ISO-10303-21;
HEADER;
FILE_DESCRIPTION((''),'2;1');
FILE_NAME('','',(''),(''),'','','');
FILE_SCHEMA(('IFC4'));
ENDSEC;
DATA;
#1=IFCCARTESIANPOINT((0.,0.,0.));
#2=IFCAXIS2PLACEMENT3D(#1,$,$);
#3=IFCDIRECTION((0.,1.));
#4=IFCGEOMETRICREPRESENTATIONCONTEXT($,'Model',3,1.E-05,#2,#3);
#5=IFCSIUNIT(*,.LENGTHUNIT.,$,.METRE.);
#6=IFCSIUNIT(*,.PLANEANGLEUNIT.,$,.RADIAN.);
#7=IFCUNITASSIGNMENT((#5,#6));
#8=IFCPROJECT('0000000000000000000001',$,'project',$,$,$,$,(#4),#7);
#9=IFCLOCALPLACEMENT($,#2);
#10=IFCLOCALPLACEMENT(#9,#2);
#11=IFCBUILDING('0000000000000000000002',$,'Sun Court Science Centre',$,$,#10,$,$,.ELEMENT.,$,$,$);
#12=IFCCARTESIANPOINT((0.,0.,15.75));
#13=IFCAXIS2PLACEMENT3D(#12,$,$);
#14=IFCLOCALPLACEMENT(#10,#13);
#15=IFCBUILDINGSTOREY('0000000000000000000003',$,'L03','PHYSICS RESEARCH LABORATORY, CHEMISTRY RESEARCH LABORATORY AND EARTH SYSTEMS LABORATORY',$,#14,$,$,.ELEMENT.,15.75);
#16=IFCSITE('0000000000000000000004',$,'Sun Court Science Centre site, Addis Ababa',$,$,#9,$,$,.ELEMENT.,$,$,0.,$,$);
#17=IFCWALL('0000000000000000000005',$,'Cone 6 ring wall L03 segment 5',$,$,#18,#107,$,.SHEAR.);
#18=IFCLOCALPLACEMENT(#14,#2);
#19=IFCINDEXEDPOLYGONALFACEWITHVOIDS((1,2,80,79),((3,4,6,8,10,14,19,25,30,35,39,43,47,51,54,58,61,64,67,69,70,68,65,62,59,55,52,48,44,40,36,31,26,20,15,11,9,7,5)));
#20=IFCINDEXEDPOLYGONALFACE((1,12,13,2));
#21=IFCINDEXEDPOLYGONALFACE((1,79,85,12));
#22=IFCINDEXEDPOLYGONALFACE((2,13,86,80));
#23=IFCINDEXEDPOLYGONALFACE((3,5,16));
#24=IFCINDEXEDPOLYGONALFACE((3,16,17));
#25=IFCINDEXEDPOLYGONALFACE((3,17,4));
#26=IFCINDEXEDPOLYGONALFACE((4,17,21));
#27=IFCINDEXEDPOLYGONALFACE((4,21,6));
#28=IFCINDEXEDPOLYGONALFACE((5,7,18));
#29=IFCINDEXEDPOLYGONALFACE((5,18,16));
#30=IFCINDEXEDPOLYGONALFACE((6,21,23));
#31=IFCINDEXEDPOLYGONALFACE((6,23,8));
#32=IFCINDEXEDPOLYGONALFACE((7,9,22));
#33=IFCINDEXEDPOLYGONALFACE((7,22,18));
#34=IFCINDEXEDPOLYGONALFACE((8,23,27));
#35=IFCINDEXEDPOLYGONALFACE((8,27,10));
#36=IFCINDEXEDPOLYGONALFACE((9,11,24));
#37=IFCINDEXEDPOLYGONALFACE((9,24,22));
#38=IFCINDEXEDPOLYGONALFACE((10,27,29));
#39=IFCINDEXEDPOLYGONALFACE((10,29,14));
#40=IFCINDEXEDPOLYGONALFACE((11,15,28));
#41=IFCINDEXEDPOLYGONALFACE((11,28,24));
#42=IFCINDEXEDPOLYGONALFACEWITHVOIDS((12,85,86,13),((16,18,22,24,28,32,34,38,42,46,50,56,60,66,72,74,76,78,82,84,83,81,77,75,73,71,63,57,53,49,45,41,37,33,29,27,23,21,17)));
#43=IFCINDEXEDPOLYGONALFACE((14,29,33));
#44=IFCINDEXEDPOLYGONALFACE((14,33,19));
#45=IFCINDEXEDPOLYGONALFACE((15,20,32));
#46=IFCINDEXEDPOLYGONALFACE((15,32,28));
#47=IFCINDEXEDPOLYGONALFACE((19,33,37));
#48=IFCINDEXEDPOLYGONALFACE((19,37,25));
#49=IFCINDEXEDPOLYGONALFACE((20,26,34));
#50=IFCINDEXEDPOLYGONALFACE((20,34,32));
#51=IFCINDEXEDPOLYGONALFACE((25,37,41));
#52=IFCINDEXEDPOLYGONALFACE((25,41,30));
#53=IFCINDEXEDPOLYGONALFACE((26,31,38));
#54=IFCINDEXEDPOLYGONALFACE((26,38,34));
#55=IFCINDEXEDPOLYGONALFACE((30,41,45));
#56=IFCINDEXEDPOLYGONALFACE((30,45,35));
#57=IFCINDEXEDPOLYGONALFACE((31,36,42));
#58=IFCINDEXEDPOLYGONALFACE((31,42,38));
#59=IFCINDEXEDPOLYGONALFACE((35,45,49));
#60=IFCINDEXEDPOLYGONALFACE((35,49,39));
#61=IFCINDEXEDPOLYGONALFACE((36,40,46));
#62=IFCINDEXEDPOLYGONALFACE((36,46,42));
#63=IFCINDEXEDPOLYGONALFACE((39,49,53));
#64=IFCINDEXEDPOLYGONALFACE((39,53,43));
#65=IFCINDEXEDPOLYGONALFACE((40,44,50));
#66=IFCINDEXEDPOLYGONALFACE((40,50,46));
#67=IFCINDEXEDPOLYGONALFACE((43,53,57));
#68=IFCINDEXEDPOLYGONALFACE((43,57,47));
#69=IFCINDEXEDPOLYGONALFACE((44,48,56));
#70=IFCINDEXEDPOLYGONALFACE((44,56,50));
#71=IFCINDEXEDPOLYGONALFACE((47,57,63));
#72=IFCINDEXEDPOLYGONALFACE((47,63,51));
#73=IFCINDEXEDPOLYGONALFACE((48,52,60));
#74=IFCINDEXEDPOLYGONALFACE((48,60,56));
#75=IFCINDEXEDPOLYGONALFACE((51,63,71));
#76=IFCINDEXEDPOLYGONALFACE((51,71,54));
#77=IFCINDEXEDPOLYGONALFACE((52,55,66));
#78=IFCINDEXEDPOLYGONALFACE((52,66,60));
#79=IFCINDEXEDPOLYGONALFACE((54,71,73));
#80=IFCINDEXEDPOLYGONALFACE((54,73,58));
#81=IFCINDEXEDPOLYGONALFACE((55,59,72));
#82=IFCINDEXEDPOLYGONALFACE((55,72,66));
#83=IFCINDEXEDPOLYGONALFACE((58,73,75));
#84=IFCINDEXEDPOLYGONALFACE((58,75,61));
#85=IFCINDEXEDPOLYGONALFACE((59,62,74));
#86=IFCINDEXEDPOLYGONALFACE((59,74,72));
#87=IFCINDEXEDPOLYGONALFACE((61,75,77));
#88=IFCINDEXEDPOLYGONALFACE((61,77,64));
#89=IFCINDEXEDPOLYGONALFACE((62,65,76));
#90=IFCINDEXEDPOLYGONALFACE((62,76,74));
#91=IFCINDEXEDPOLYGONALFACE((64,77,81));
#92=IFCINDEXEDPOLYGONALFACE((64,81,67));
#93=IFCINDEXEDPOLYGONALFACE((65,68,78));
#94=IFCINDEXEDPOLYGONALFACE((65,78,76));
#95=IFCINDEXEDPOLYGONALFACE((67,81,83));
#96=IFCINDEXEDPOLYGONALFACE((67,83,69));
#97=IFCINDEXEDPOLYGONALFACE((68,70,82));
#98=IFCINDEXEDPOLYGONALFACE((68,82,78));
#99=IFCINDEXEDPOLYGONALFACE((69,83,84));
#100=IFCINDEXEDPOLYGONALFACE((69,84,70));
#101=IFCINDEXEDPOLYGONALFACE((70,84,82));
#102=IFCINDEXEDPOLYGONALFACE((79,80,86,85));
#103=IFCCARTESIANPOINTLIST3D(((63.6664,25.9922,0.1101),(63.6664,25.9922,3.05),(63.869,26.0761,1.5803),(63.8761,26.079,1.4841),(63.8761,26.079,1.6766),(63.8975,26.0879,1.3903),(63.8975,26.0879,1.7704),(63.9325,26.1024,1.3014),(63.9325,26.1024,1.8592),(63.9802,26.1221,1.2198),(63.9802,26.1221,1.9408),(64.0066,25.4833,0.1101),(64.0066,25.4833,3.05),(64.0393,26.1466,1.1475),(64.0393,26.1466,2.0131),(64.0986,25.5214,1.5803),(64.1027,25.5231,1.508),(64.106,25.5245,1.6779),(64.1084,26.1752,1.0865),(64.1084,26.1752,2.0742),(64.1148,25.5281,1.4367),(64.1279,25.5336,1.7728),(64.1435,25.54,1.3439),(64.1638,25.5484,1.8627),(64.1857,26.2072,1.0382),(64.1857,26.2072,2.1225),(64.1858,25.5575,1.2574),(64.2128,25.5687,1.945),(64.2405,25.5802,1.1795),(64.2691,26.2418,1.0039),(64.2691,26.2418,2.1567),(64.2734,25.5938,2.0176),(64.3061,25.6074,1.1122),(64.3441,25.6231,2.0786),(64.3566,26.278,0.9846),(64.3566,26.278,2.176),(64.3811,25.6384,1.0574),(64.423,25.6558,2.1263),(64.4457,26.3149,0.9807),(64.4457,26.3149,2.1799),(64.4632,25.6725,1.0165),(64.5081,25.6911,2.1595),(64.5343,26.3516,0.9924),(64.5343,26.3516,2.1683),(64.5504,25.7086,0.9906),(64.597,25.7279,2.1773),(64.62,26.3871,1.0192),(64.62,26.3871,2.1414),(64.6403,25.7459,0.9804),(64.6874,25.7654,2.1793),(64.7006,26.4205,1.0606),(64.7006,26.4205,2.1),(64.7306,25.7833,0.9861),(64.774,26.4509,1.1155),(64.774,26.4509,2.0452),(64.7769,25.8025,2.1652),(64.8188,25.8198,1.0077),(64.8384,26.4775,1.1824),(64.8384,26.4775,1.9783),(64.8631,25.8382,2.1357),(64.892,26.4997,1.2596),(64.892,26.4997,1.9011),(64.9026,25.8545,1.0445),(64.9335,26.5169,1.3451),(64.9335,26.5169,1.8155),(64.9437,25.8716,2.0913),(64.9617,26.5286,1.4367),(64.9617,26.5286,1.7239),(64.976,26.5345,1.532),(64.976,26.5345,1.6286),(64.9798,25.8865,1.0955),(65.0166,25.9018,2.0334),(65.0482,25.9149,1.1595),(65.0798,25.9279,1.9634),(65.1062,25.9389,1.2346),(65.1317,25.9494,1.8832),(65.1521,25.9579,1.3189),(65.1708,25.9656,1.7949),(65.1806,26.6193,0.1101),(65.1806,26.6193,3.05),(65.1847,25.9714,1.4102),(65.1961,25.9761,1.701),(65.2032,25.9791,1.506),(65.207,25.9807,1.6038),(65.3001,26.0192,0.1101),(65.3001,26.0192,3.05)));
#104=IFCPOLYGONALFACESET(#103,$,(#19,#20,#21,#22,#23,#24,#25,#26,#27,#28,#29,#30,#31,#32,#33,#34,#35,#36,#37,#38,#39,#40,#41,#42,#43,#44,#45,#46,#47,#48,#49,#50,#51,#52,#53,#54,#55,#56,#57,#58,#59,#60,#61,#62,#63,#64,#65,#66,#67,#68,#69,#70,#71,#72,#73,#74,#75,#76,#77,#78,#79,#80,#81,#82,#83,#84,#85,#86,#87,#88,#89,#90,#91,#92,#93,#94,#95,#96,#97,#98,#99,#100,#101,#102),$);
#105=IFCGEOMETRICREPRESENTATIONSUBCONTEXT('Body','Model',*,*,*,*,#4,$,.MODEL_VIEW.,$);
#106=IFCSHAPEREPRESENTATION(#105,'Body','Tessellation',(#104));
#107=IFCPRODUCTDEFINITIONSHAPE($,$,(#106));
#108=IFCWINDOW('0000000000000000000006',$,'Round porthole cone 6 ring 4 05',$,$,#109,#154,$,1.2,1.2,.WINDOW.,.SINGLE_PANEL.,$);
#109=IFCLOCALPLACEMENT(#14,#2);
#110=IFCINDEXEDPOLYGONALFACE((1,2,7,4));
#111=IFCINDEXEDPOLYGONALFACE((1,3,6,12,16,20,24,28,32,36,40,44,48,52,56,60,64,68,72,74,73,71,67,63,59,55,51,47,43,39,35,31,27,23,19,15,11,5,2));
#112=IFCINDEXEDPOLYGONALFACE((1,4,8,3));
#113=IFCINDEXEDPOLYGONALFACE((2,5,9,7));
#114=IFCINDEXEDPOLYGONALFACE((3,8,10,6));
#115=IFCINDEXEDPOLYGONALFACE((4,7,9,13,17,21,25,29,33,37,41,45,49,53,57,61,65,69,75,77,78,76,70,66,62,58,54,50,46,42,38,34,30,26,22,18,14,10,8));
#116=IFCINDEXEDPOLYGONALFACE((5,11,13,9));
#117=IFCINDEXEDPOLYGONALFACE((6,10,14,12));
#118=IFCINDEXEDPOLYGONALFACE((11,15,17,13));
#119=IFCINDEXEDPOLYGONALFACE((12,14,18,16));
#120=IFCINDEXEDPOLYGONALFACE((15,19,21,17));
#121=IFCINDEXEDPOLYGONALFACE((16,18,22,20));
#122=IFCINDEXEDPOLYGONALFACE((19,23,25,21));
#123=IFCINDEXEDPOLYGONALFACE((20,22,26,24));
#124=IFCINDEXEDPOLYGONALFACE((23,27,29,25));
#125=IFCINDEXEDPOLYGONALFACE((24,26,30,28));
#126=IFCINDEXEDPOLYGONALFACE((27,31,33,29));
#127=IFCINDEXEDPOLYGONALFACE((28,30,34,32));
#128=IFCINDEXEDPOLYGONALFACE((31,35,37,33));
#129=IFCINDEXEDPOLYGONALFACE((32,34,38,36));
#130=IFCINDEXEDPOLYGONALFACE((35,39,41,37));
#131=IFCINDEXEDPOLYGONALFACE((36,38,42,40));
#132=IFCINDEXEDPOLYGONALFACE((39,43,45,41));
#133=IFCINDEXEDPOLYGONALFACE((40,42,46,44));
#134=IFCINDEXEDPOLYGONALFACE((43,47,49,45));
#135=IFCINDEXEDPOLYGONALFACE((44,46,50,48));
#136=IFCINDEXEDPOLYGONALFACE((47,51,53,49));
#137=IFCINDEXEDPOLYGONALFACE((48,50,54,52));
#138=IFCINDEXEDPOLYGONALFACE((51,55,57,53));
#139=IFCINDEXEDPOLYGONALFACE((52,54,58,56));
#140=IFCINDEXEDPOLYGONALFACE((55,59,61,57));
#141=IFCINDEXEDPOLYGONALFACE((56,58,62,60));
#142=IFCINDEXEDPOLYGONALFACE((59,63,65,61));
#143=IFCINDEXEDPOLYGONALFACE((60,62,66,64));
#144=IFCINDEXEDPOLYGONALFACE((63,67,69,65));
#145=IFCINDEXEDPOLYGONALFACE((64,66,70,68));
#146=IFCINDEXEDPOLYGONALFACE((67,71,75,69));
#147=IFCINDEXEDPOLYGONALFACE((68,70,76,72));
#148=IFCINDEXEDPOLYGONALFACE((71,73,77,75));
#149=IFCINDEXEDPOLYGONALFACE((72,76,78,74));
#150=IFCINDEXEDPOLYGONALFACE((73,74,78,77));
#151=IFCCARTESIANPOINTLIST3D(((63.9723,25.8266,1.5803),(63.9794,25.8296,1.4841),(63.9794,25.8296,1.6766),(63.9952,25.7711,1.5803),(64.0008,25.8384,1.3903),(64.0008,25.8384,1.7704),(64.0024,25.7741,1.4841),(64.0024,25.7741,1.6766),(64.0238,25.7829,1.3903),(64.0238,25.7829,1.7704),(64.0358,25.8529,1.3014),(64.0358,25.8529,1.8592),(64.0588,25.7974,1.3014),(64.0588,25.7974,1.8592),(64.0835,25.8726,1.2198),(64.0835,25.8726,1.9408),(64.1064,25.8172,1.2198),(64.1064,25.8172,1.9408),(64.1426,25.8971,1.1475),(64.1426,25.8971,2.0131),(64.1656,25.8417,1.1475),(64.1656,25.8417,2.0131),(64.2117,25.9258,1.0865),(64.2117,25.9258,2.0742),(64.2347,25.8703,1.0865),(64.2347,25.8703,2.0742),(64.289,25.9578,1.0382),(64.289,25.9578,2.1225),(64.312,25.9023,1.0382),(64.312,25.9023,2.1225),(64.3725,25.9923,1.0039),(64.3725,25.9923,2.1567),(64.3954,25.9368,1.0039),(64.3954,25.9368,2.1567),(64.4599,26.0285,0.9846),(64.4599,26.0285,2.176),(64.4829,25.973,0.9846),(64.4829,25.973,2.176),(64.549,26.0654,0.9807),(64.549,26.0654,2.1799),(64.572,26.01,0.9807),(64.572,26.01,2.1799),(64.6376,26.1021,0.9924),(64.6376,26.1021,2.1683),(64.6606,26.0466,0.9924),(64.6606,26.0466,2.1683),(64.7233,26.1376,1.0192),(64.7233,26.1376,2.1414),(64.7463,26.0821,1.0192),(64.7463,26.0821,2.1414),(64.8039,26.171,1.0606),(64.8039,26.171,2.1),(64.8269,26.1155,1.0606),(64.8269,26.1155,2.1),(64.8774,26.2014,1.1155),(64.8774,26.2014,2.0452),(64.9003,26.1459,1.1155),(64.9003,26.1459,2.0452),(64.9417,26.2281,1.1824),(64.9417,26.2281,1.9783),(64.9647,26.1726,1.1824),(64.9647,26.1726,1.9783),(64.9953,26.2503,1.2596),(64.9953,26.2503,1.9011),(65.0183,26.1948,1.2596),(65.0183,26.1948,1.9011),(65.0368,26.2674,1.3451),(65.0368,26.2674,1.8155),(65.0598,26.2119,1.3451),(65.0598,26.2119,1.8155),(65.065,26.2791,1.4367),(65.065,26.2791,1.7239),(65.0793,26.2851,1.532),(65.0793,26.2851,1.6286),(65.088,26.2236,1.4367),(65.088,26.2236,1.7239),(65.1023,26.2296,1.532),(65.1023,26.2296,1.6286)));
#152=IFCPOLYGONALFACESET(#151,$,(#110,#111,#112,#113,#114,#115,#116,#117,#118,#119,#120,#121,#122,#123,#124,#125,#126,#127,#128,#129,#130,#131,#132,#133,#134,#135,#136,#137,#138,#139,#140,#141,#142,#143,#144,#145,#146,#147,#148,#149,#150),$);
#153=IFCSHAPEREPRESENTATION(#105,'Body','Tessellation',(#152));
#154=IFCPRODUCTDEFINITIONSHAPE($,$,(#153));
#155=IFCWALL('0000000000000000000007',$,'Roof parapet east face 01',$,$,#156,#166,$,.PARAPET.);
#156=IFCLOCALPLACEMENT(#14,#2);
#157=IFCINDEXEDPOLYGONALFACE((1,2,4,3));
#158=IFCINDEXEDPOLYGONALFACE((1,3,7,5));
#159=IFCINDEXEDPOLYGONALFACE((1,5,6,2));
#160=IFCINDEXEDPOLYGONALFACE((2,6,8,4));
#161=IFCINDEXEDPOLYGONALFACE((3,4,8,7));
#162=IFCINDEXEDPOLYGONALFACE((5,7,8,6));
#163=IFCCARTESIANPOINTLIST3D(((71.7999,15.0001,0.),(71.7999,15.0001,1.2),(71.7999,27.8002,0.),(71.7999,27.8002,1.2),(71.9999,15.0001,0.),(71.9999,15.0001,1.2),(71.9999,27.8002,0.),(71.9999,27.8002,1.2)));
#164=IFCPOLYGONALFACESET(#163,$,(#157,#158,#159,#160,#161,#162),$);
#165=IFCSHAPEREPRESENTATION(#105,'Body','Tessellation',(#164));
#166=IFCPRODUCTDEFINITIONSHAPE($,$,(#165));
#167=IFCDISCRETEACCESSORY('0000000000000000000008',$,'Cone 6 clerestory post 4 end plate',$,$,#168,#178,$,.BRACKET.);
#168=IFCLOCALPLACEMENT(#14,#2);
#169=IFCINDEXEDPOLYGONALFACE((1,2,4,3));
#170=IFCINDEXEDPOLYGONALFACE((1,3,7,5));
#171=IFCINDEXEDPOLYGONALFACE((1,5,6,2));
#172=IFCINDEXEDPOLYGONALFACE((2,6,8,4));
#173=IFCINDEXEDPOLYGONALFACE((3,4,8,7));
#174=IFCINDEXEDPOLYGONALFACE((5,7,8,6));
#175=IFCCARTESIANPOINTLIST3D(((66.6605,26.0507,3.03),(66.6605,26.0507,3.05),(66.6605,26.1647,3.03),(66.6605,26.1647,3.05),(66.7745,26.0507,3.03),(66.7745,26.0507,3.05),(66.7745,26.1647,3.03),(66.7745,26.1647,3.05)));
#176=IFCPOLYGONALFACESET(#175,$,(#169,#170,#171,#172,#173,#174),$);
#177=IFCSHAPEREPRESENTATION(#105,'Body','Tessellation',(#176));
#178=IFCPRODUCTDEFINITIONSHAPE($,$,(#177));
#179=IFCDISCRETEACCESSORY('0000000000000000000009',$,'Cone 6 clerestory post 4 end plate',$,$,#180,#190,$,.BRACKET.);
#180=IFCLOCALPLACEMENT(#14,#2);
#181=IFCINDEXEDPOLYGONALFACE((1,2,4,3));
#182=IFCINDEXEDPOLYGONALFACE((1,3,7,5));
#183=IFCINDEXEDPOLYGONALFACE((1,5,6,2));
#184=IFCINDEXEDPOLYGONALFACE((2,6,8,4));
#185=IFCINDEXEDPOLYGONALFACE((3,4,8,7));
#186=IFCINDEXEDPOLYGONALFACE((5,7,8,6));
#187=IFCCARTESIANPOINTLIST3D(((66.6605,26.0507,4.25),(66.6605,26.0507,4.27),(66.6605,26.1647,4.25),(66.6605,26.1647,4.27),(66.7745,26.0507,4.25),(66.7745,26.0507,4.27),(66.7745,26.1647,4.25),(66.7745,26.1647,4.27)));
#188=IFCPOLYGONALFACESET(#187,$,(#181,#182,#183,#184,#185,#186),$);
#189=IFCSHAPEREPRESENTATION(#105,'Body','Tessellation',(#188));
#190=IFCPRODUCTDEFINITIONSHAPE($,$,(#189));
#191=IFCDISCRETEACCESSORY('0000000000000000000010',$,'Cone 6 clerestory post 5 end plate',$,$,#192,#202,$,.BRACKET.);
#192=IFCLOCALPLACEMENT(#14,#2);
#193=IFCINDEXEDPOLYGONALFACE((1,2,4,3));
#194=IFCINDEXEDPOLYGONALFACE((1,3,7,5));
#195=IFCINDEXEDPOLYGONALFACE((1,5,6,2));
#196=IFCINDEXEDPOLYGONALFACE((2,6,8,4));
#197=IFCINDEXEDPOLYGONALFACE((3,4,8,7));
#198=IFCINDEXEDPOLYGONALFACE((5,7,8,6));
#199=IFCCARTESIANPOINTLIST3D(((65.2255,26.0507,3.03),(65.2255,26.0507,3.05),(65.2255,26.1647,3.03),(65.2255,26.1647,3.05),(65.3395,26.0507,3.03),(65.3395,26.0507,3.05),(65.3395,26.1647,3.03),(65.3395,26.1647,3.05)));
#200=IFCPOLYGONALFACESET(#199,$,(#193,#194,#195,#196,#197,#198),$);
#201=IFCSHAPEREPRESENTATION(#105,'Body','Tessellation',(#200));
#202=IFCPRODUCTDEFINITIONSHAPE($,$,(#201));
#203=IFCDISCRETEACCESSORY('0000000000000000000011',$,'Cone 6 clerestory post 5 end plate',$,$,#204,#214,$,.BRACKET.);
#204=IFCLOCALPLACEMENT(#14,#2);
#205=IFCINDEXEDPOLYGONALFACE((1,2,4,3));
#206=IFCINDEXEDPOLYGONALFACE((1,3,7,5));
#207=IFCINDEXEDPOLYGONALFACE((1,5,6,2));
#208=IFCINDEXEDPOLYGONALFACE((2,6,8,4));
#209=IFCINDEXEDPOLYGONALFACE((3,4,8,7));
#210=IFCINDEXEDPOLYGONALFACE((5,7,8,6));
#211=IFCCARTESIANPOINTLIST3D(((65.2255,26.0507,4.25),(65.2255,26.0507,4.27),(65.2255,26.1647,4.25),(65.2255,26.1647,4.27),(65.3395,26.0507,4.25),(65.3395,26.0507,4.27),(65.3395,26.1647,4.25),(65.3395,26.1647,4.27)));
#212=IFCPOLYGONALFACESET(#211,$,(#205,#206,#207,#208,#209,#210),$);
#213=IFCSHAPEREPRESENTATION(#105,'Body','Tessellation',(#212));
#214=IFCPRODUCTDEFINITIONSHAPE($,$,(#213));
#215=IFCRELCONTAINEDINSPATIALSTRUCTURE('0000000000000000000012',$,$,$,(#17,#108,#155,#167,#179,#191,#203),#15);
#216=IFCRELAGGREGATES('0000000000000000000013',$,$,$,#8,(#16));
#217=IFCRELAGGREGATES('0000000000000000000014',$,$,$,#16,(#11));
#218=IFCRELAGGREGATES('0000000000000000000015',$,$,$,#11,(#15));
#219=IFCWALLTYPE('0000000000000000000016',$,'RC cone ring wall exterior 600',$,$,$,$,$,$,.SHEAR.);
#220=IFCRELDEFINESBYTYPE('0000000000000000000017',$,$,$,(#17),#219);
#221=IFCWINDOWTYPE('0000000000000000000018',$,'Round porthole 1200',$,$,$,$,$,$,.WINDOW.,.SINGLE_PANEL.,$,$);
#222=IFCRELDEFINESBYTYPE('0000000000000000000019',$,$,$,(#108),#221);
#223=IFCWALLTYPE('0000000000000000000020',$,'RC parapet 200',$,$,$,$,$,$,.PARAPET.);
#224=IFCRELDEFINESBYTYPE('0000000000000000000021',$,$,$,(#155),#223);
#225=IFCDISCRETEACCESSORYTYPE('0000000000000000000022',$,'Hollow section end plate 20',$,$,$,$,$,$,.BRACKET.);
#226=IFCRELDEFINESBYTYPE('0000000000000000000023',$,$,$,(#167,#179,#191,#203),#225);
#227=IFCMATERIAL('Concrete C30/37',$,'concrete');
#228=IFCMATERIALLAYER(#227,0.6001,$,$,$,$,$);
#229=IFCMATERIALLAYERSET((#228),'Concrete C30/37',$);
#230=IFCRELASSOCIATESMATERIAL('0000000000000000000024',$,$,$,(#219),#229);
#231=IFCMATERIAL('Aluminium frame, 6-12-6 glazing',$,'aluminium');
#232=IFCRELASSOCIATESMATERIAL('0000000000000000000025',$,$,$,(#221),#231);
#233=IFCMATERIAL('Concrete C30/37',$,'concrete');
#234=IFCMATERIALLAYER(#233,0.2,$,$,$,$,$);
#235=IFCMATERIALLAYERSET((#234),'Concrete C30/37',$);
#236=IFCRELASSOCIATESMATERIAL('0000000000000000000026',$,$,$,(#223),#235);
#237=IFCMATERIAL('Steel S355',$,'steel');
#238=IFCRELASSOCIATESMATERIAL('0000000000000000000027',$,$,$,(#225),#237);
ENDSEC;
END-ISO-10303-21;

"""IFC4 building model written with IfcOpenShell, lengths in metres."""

from ifc_helpers import new_model, si_unit, direction, frame, frame_2d, origin, origin_2d, place, context, subcontext, project, spatial, polyline, rectangle, circle, outline, extrude, material, layer, layer_set, type_object, element, fill, save


model = new_model("IFC4")

# Units and contexts
model_context = context("Model", 3, precision=1e-05, world=origin(), true_north=direction((0.0, 1.0)))
body_context = subcontext(model_context, "Body", "Model", "MODEL_VIEW")
ifc_project = project(units=[si_unit("LENGTHUNIT", "METRE"), si_unit("PLANEANGLEUNIT", "RADIAN")], contexts=[model_context])

# Site, building, storey
site_placement = place(None, origin())
site = spatial("IfcSite", under=ifc_project, at=site_placement, Name="Sun Court Science Centre site, Addis Ababa", CompositionType="ELEMENT", RefElevation=0.0)
building_placement = place(site_placement, origin())
building = spatial("IfcBuilding", under=site, at=building_placement, Name="Sun Court Science Centre", CompositionType="ELEMENT")
storey_placement = place(building_placement, frame((0.0, 0.0, 15.75)))
storey = spatial("IfcBuildingStorey", under=building, at=storey_placement, Name="L03", Description="PHYSICS RESEARCH LABORATORY, CHEMISTRY RESEARCH LABORATORY AND EARTH SYSTEMS LABORATORY", CompositionType="ELEMENT", Elevation=15.75)

# Shared definitions
ifc_material_1 = material(Name="Concrete C30/37", Category="concrete")
ifc_layer_1 = layer(ifc_material_1, 0.6001)
ifc_layer_set_1 = layer_set([ifc_layer_1], Name="Concrete C30/37")
wall_type_1 = type_object("IfcWallType", Name="RC cone ring wall exterior 600", PredefinedType="SHEAR", material=ifc_layer_set_1)

# Wall, opening, window
wall_1_placement = place(storey_placement, frame((65.2954, 26.342, 0.1101), z_axis=(0.0, 0.0, 1.0), x_axis=(-0.923908, -0.382615, 0.0)))
wall_1 = element("IfcWall", 1, at=wall_1_placement, inside=storey, type_object=wall_type_1, Name="Cone 6 ring wall L03 segment 5", PredefinedType="SHEAR", context=body_context, shape_type="SweptSolid", body=[
    extrude(outline(polyline([(0.0, -0.3), (1.6389, -0.3), (1.5193, 0.3003), (0.1191, 0.3), (0.0, -0.3)])), origin(), (0.0, 0.0, 1.0), 2.9399),
])
opening_placement = place(wall_1_placement, frame((0.2195, 0.0, 0.8701)))
opening = element("IfcOpeningElement", 2, at=opening_placement, cuts=wall_1, PredefinedType="OPENING", context=body_context, shape_type="SweptSolid", body=[
    extrude(circle(Radius=0.6001, at=frame_2d((0.6001, 0.6001))), frame((0.0, 0.3101, 0.0), z_axis=(0.0, -1.0, 0.0), x_axis=(1.0, 0.0, 0.0)), (0.0, 0.0, 1.0), 0.6201),
])
ifc_material_2 = material(Name="Aluminium frame, 6-12-6 glazing", Category="aluminium")
window_type = type_object("IfcWindowType", Name="Round porthole 1200", PartitioningType="SINGLE_PANEL", PredefinedType="WINDOW", material=ifc_material_2)
window_placement = place(opening_placement, origin())
window = element("IfcWindow", 3, at=window_placement, inside=storey, type_object=window_type, Name="Round porthole cone 6 ring 4 05", OverallHeight=1.2, OverallWidth=1.2, PartitioningType="SINGLE_PANEL", PredefinedType="WINDOW", context=body_context, shape_type="SweptSolid", body=[
    extrude(circle(Radius=0.6001, at=frame_2d((0.6001, 0.6001))), frame((0.0, 0.03, 0.0), z_axis=(0.0, -1.0, 0.0), x_axis=(1.0, 0.0, 0.0)), (0.0, 0.0, 1.0), 0.0601),
])
fill(opening, window)

# Wall
ifc_material_3 = material(Name="Concrete C30/37", Category="concrete")
ifc_layer_2 = layer(ifc_material_3, 0.2)
ifc_layer_set_2 = layer_set([ifc_layer_2], Name="Concrete C30/37")
wall_type_2 = type_object("IfcWallType", Name="RC parapet 200", PredefinedType="PARAPET", material=ifc_layer_set_2)
wall_2_placement = place(storey_placement, frame((71.8999, 27.8, 0.0), z_axis=(0.0, 0.0, 1.0), x_axis=(0.0, -1.0, 0.0)))
element("IfcWall", 4, at=wall_2_placement, inside=storey, type_object=wall_type_2, Name="Roof parapet east face 01", PredefinedType="PARAPET", context=body_context, shape_type="SweptSolid", body=[
    extrude(rectangle(XDim=12.8, YDim=0.2, at=frame_2d((6.3999, 0.0))), origin(), (0.0, 0.0, 1.0), 1.2),
])

# Discrete accessories
ifc_material_4 = material(Name="Steel S355", Category="steel")
discrete_accessory_type_1 = type_object("IfcDiscreteAccessoryType", Name="Hollow section end plate 20", PredefinedType="BRACKET", material=ifc_material_4)
for number, where, z_axis, x_axis, name in (
    (5, (66.7175, 26.1077, 3.03), (0.0, 0.0, 1.0), (1.0, 0.0, 0.0), "Cone 6 clerestory post 4 end plate"),
    (6, (66.7175, 26.1077, 4.25), (0.0, 0.0, 1.0), (1.0, 0.0, 0.0), "Cone 6 clerestory post 4 end plate"),
    (7, (65.2825, 26.1077, 3.03), (0.0, 0.0, 1.0), (1.0, 0.0, 0.0), "Cone 6 clerestory post 5 end plate"),
    (8, (65.2825, 26.1077, 4.25), (0.0, 0.0, 1.0), (1.0, 0.0, 0.0), "Cone 6 clerestory post 5 end plate"),
):
    element("IfcDiscreteAccessory", number, at=place(storey_placement, frame(where, z_axis=z_axis, x_axis=x_axis)), inside=storey, type_object=discrete_accessory_type_1, Name=name, PredefinedType="BRACKET", context=body_context, shape_type="SweptSolid", body=[
        extrude(rectangle(XDim=0.114, YDim=0.114, at=origin_2d()), origin(), (0.0, 0.0, 1.0), 0.02),
    ])

save(model, "model.ifc")
